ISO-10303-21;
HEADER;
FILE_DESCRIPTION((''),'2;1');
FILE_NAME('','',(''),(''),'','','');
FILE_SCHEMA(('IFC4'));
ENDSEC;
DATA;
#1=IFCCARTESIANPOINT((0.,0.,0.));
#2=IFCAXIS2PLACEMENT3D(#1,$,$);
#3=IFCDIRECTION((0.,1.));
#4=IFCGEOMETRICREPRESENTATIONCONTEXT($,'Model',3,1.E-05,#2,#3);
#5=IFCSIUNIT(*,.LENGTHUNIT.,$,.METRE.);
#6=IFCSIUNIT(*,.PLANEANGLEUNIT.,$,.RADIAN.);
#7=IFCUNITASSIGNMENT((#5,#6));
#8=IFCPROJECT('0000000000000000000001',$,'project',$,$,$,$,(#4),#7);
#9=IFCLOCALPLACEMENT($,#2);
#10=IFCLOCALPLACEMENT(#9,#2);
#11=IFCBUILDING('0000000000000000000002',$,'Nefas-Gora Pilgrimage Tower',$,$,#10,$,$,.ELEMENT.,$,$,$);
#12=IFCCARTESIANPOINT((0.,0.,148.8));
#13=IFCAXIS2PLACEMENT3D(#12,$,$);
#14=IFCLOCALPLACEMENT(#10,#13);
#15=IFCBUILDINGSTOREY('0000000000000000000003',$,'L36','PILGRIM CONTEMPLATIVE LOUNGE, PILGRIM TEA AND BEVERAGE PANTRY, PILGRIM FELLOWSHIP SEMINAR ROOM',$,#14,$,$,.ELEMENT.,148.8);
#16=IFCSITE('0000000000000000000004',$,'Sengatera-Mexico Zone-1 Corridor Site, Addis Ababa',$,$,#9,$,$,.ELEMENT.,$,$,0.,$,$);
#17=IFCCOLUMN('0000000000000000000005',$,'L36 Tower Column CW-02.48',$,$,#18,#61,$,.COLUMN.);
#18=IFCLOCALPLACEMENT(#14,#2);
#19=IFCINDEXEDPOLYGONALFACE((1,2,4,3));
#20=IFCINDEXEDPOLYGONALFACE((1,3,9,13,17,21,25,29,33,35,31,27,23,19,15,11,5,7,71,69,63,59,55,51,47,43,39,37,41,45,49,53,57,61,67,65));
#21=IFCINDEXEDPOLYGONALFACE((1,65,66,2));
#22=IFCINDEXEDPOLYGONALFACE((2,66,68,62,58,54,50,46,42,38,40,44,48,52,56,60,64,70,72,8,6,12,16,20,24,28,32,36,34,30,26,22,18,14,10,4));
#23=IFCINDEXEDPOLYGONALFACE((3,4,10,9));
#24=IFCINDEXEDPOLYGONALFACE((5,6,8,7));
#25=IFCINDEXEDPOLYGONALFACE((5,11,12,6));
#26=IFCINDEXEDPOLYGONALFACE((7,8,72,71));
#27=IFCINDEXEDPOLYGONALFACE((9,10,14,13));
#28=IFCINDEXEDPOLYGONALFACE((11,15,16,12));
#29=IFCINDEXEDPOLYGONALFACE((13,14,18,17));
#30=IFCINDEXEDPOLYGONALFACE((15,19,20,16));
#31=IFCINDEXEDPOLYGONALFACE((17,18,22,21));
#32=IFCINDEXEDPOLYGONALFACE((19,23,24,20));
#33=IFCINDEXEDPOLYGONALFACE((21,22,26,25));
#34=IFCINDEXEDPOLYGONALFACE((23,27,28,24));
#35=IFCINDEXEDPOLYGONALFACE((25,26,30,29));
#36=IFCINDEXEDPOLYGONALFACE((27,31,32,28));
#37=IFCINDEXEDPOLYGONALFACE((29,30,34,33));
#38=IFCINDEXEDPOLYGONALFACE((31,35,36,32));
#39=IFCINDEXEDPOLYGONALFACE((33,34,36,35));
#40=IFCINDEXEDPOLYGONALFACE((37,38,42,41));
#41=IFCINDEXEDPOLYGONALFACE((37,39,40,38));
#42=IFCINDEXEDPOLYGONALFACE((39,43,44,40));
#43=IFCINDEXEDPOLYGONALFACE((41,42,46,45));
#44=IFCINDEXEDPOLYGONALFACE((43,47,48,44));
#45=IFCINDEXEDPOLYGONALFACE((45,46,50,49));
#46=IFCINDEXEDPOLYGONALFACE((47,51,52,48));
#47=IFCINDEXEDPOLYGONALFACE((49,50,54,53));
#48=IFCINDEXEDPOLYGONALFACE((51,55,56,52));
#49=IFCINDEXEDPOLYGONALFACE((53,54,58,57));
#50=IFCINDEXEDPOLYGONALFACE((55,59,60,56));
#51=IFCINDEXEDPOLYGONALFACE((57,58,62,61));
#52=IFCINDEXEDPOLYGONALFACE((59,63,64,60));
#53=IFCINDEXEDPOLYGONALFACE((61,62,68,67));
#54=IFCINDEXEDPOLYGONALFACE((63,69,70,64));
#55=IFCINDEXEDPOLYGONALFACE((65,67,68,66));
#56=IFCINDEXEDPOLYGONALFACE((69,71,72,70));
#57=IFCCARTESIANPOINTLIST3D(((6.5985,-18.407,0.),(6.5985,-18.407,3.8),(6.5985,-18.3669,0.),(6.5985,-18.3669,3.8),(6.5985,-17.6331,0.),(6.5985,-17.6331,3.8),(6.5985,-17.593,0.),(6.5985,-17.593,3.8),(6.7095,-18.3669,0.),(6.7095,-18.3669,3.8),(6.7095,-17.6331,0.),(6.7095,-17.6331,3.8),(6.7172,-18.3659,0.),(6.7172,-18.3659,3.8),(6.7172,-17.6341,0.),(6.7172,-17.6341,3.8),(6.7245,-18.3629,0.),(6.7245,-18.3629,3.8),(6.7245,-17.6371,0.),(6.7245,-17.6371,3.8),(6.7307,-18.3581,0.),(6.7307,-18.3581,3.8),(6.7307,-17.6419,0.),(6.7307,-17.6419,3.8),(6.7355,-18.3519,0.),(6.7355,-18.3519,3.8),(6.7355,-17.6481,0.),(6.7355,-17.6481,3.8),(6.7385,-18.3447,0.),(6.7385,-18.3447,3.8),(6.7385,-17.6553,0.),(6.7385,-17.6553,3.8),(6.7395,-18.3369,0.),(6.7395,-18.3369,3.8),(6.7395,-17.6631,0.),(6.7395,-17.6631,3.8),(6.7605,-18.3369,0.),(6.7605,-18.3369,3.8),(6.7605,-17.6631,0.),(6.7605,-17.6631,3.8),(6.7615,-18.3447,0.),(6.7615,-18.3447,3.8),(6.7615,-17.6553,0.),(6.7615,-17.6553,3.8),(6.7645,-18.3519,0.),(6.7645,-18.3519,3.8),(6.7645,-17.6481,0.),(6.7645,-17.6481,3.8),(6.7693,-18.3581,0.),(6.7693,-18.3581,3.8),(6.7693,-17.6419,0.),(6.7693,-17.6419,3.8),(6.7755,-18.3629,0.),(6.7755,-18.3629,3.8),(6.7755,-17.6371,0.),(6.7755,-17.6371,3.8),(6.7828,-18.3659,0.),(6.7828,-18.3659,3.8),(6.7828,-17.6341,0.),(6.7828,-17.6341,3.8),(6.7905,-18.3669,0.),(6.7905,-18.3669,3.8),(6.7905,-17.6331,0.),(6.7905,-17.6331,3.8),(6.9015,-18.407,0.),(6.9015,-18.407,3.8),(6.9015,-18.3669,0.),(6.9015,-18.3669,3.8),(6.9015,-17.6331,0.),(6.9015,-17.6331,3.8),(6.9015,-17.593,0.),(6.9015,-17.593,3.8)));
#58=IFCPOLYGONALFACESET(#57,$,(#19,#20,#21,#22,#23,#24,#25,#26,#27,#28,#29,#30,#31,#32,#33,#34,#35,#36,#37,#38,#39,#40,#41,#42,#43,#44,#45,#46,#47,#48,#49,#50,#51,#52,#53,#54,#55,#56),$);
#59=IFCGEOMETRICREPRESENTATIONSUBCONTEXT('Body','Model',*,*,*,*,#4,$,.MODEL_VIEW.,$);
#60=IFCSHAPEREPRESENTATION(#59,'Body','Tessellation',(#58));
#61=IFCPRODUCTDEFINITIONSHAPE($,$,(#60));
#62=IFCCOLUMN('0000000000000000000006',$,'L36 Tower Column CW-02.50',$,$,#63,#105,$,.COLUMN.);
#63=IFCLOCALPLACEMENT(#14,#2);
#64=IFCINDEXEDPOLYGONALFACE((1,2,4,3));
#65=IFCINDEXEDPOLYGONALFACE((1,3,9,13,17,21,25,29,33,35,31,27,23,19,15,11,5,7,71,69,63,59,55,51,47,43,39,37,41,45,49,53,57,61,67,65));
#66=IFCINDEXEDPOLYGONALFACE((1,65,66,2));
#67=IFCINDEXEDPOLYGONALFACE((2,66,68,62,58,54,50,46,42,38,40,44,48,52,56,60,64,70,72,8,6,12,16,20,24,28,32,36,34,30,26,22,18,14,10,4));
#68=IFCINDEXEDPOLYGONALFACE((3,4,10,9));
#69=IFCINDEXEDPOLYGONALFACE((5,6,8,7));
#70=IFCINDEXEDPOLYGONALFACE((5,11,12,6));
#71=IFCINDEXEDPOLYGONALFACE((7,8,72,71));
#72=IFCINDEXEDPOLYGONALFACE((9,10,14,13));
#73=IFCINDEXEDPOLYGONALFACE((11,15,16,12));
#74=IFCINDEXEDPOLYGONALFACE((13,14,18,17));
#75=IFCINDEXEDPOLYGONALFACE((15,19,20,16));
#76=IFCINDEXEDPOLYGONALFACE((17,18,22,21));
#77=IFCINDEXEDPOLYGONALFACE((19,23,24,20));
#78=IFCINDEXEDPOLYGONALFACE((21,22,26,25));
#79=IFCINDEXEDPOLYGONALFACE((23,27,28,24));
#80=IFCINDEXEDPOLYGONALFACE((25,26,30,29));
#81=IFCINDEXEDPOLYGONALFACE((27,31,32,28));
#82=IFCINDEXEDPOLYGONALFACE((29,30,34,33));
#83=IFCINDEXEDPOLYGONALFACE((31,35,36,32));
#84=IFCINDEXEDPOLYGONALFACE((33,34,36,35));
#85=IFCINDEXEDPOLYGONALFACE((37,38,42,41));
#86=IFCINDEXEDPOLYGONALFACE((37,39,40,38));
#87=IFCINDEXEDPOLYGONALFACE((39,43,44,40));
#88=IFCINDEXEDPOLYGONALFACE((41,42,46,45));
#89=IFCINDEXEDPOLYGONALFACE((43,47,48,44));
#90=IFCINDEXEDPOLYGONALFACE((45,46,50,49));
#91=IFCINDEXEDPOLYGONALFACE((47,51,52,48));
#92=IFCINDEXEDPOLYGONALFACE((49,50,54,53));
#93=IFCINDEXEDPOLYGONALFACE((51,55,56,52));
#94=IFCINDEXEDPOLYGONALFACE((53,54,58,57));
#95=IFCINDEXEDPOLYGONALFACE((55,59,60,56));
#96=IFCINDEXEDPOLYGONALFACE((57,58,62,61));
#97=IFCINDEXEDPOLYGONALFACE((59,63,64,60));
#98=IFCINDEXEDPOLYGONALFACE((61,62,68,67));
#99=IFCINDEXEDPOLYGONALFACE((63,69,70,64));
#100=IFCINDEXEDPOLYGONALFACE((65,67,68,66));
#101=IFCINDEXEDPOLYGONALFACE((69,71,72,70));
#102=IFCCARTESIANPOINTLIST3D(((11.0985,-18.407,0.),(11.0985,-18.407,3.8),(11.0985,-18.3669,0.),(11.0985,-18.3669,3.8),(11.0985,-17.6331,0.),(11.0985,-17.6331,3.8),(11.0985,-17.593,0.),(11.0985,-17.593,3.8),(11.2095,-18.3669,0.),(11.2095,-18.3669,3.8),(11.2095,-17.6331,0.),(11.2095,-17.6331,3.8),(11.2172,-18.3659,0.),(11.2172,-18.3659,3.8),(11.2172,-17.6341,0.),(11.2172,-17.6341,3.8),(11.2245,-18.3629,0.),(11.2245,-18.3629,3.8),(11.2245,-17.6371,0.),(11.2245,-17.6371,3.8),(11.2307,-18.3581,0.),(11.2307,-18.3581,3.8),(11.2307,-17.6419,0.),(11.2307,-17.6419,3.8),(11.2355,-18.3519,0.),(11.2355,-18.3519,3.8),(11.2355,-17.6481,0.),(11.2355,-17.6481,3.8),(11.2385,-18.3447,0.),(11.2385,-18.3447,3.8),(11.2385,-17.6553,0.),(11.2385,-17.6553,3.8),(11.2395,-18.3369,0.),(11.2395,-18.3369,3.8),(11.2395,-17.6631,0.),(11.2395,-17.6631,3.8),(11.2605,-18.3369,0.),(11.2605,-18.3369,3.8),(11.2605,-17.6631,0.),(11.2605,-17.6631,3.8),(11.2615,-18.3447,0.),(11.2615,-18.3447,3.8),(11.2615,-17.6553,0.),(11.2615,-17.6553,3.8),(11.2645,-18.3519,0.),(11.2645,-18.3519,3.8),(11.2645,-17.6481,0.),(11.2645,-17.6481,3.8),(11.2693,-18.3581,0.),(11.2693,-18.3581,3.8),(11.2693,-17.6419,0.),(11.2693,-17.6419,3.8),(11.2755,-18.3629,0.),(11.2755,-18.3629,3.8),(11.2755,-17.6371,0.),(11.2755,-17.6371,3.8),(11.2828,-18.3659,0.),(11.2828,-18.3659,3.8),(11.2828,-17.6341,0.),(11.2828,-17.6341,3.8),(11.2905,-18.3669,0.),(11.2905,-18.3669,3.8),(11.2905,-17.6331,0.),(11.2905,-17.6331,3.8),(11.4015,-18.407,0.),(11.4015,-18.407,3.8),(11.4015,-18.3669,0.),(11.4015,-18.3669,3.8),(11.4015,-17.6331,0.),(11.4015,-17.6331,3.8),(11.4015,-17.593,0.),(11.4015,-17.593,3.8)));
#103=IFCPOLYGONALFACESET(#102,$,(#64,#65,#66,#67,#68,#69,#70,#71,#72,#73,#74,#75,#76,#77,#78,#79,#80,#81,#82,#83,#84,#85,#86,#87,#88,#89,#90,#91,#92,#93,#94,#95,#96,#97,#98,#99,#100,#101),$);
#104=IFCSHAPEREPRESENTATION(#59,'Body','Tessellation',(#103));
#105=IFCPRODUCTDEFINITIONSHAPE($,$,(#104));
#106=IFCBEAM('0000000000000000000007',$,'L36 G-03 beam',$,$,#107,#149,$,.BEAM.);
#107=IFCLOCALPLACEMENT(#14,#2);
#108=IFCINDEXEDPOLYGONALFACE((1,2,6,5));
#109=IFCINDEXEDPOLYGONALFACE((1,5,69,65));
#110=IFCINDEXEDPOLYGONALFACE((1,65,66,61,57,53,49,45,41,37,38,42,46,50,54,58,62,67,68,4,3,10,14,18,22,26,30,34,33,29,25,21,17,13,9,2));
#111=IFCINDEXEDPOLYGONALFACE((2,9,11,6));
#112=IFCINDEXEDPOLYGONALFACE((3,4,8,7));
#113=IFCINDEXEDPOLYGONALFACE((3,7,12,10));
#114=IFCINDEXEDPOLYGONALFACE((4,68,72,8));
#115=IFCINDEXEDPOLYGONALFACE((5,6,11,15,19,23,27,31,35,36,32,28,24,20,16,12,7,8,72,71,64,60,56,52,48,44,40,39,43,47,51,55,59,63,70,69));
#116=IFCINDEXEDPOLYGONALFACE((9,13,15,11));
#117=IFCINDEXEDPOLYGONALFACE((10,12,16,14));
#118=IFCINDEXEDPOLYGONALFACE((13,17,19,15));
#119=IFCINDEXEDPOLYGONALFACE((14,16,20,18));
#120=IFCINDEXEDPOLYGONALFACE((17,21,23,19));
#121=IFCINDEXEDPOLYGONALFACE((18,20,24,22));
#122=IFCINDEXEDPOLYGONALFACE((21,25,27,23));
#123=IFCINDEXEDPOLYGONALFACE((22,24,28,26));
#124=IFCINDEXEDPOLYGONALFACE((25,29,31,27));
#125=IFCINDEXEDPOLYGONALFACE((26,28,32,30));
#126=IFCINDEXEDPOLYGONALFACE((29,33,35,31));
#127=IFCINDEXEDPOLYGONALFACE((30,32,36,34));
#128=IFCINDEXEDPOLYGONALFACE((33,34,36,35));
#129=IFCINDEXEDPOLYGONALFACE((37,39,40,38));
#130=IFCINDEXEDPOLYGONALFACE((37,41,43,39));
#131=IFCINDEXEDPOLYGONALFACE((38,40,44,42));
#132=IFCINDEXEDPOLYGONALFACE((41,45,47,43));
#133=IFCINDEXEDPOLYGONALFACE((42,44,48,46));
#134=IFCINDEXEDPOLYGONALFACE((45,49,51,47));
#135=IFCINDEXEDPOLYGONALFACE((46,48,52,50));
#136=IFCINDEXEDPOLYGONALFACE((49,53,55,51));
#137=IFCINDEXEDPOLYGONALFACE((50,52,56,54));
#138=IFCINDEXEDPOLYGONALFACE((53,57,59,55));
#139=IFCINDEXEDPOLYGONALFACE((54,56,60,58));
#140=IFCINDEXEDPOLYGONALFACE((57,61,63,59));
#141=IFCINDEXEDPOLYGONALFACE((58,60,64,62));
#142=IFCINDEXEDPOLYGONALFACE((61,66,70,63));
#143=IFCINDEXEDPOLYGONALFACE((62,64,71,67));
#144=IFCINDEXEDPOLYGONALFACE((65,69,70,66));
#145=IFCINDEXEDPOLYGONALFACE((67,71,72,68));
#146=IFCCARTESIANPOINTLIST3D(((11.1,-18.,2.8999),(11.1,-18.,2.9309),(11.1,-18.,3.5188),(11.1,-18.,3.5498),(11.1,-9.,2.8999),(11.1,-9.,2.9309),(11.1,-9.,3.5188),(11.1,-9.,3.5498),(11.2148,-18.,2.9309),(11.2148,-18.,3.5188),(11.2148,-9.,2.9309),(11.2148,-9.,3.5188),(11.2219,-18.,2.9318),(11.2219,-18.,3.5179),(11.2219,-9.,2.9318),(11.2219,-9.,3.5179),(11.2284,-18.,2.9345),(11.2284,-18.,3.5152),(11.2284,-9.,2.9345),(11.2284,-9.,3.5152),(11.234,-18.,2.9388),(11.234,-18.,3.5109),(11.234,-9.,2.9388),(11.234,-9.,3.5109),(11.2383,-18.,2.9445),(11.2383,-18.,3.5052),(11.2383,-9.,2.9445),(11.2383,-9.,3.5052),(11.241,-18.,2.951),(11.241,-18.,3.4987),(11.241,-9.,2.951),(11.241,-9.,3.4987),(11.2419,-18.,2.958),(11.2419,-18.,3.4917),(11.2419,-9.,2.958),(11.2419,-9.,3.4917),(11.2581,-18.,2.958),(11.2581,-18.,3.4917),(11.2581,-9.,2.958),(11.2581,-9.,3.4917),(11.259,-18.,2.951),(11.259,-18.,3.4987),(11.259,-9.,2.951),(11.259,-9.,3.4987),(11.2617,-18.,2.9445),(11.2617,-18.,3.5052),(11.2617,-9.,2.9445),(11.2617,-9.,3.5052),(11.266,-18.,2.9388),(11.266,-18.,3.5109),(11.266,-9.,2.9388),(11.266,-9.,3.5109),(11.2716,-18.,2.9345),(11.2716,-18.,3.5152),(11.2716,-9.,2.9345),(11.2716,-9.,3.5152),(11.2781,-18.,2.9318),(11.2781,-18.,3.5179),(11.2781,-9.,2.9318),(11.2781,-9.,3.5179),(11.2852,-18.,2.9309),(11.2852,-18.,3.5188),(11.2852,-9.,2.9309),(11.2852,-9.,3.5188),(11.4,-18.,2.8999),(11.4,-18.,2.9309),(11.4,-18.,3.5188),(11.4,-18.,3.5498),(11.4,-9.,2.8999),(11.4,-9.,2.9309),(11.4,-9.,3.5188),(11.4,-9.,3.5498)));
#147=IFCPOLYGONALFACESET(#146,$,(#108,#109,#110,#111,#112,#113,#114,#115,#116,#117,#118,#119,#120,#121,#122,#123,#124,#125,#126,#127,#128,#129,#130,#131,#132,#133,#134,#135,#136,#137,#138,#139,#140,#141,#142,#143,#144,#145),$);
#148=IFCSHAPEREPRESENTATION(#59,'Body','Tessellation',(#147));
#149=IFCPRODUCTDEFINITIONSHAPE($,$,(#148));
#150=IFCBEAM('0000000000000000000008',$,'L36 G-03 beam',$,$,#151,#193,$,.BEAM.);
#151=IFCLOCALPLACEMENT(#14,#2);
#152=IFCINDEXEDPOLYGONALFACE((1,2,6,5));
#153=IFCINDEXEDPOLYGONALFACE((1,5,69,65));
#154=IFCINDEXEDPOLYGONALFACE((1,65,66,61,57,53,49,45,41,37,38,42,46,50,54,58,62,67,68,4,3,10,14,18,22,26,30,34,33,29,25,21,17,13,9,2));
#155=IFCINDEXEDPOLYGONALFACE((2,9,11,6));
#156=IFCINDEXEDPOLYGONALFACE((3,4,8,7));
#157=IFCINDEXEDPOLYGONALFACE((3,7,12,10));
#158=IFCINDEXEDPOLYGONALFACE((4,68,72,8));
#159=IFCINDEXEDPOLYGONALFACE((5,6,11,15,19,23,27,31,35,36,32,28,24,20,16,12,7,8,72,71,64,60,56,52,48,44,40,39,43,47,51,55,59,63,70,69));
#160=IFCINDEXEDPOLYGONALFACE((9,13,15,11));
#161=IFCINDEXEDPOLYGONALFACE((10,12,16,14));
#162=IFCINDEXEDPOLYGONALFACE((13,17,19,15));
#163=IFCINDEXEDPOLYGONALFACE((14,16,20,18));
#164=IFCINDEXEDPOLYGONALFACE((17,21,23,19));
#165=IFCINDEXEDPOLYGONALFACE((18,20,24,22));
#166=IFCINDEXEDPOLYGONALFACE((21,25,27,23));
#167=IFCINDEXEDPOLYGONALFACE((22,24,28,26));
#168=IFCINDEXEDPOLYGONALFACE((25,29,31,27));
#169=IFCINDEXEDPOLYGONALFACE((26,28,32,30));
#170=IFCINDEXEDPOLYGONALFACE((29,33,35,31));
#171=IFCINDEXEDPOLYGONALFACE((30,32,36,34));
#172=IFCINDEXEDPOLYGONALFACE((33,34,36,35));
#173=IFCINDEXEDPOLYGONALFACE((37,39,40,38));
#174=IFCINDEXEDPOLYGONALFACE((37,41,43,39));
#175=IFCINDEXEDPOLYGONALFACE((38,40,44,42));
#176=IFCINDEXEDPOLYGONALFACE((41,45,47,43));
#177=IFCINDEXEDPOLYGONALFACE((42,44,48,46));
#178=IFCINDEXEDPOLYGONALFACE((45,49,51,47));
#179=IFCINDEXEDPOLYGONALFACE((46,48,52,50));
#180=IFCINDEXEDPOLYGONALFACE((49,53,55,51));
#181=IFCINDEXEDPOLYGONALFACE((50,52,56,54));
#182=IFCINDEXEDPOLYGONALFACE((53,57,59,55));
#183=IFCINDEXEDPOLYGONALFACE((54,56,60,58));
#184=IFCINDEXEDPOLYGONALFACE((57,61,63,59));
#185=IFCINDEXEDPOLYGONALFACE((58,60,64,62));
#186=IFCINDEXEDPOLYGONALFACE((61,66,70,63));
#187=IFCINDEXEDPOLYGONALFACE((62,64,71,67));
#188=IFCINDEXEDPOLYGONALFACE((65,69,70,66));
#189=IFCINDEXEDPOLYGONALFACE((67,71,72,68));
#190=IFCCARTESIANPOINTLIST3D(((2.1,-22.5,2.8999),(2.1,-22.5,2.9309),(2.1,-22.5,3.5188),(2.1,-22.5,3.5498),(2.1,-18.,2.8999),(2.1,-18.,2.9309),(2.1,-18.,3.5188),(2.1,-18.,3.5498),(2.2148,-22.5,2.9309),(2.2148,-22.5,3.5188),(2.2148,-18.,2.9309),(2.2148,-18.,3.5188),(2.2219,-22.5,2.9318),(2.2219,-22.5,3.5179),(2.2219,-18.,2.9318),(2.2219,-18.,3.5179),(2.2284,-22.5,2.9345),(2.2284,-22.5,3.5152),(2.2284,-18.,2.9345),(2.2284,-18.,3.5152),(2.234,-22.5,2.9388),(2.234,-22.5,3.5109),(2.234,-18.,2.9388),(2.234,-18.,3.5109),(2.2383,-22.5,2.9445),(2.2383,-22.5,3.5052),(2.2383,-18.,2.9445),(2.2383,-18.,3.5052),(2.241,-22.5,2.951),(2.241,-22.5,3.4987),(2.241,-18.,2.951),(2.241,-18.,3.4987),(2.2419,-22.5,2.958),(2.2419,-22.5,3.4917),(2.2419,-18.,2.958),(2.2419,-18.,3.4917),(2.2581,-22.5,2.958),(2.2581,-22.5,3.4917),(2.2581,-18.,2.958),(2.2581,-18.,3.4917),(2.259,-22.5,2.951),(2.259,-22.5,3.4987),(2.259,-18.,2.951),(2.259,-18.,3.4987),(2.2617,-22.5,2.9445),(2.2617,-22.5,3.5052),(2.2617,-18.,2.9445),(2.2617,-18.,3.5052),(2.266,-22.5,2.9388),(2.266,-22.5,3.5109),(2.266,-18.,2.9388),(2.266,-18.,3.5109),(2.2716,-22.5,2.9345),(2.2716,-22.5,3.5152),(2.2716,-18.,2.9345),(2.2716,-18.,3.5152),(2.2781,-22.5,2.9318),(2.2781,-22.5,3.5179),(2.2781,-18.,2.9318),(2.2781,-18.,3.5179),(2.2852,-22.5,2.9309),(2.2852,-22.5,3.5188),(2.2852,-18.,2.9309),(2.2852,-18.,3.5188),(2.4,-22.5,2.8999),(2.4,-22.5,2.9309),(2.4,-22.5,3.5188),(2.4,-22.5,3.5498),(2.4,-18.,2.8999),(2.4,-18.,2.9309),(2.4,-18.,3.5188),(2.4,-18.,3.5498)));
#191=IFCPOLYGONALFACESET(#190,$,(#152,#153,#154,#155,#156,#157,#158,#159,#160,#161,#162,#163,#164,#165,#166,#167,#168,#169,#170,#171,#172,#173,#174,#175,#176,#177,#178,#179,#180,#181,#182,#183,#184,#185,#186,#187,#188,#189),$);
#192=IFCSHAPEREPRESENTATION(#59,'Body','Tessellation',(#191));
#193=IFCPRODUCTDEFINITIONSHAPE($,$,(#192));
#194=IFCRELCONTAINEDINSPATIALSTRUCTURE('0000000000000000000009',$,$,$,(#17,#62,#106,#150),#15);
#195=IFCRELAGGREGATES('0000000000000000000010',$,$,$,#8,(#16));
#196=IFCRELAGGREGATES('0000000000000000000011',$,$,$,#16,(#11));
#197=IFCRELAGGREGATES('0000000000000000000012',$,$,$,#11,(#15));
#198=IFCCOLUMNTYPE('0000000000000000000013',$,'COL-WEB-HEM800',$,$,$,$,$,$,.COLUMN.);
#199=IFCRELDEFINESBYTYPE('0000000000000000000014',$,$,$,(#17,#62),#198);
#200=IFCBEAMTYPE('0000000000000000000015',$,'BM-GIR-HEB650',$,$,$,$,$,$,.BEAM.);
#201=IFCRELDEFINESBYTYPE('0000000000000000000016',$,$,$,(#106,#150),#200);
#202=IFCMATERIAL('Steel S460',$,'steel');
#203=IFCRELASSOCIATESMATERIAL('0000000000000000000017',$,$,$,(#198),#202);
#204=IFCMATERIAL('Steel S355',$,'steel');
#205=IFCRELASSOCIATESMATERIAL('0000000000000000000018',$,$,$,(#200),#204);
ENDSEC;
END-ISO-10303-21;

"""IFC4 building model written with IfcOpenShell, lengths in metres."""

from ifc_helpers import new_model, si_unit, direction, frame, origin, origin_2d, place, context, subcontext, project, spatial, i_section, extrude, source, transform, mapped, material, material_profile, profile_set, type_object, element, save


model = new_model("IFC4")

# Units and contexts
model_context = context("Model", 3, precision=1e-05, world=origin(), true_north=direction((0.0, 1.0)))
body_context = subcontext(model_context, "Body", "Model", "MODEL_VIEW")
ifc_project = project(units=[si_unit("LENGTHUNIT", "METRE"), si_unit("PLANEANGLEUNIT", "RADIAN")], contexts=[model_context])

# Site, building, storey
site_placement = place(None, origin())
site = spatial("IfcSite", under=ifc_project, at=site_placement, Name="Sengatera-Mexico Zone-1 Corridor Site, Addis Ababa", CompositionType="ELEMENT", RefElevation=0.0)
building_placement = place(site_placement, origin())
building = spatial("IfcBuilding", under=site, at=building_placement, Name="Nefas-Gora Pilgrimage Tower", CompositionType="ELEMENT")
storey_placement = place(building_placement, frame((0.0, 0.0, 148.8)))
storey = spatial("IfcBuildingStorey", under=building, at=storey_placement, Name="L36", Description="PILGRIM CONTEMPLATIVE LOUNGE, PILGRIM TEA AND BEVERAGE PANTRY, PILGRIM FELLOWSHIP SEMINAR ROOM", CompositionType="ELEMENT", Elevation=148.8)

# Columns
ifc_material_1 = material(Name="Steel S460", Category="steel")
ifc_material_profile_1 = material_profile(ifc_material_1, i_section(OverallWidth=0.303, OverallDepth=0.814, WebThickness=0.021, FlangeThickness=0.04, FilletRadius=0.03, at=origin_2d()), Name="HEM 800")
ifc_profile_set_1 = profile_set([ifc_material_profile_1], Name="Steel S460")
column_type_1 = type_object("IfcColumnType", Name="COL-WEB-HEM800", PredefinedType="COLUMN", material=ifc_profile_set_1)
shared_shape_1 = source(origin(), body_context, "Body", "SweptSolid", [
    extrude(i_section(OverallWidth=0.303, OverallDepth=0.814, WebThickness=0.021, FlangeThickness=0.04, FilletRadius=0.03, at=origin_2d()), origin(), (0.0, 0.0, 1.0), 3.8),
])
for number, where, z_axis, x_axis, name in (
    (1, (6.75, -18.0, 0.0), (0.0, 0.0, 1.0), (1.0, 0.0, 0.0), "L36 Tower Column CW-02.48"),
    (2, (11.25, -18.0, 0.0), (0.0, 0.0, 1.0), (1.0, 0.0, 0.0), "L36 Tower Column CW-02.50"),
):
    element("IfcColumn", number, at=place(storey_placement, frame(where, z_axis=z_axis, x_axis=x_axis)), inside=storey, type_object=column_type_1, Name=name, PredefinedType="COLUMN", context=body_context, shape_type="MappedRepresentation", body=[
        mapped(shared_shape_1, transform((0.0, 0.0, 0.0), x_axis=(1.0, 0.0, 0.0), y_axis=(0.0, 1.0, 0.0), z_axis=(0.0, 0.0, 1.0), scale=1.0)),
    ])

# Beams
ifc_material_2 = material(Name="Steel S355", Category="steel")
ifc_material_profile_2 = material_profile(ifc_material_2, i_section(OverallWidth=0.3, OverallDepth=0.6499, WebThickness=0.0161, FlangeThickness=0.031, FilletRadius=0.0271, at=origin_2d()), Name="HEB 650")
ifc_profile_set_2 = profile_set([ifc_material_profile_2], Name="Steel S355")
beam_type = type_object("IfcBeamType", Name="BM-GIR-HEB650", PredefinedType="BEAM", material=ifc_profile_set_2)
shared_shape_2 = source(origin(), body_context, "Body", "SweptSolid", [
    extrude(i_section(OverallWidth=0.3, OverallDepth=0.6499, WebThickness=0.0161, FlangeThickness=0.031, FilletRadius=0.0271, at=origin_2d()), origin(), (0.0, 0.0, 1.0), 9.0),
])
beam_1_placement = place(storey_placement, frame((11.25, -18.0, 3.2249), z_axis=(0.0, 1.0, 0.0), x_axis=(-1.0, 0.0, 0.0)))
element("IfcBeam", 3, at=beam_1_placement, inside=storey, type_object=beam_type, Name="L36 G-03 beam", PredefinedType="BEAM", context=body_context, shape_type="MappedRepresentation", body=[
    mapped(shared_shape_2, transform((0.0, 0.0, 0.0), x_axis=(1.0, 0.0, 0.0), y_axis=(0.0, 1.0, 0.0), z_axis=(0.0, 0.0, 1.0), scale=1.0)),
])
shared_shape_3 = source(origin(), body_context, "Body", "SweptSolid", [
    extrude(i_section(OverallWidth=0.3, OverallDepth=0.6499, WebThickness=0.0161, FlangeThickness=0.031, FilletRadius=0.0271, at=origin_2d()), origin(), (0.0, 0.0, 1.0), 4.5),
])
for number, where, z_axis, x_axis, name in (
    (4, (2.25, -22.5, 3.2249), (0.0, 1.0, 0.0), (-1.0, 0.0, 0.0), "L36 G-03 beam"),
):
    element("IfcBeam", number, at=place(storey_placement, frame(where, z_axis=z_axis, x_axis=x_axis)), inside=storey, type_object=beam_type, Name=name, PredefinedType="BEAM", context=body_context, shape_type="MappedRepresentation", body=[
        mapped(shared_shape_3, transform((0.0, 0.0, 0.0), x_axis=(1.0, 0.0, 0.0), y_axis=(0.0, 1.0, 0.0), z_axis=(0.0, 0.0, 1.0), scale=1.0)),
    ])

save(model, "model.ifc")
